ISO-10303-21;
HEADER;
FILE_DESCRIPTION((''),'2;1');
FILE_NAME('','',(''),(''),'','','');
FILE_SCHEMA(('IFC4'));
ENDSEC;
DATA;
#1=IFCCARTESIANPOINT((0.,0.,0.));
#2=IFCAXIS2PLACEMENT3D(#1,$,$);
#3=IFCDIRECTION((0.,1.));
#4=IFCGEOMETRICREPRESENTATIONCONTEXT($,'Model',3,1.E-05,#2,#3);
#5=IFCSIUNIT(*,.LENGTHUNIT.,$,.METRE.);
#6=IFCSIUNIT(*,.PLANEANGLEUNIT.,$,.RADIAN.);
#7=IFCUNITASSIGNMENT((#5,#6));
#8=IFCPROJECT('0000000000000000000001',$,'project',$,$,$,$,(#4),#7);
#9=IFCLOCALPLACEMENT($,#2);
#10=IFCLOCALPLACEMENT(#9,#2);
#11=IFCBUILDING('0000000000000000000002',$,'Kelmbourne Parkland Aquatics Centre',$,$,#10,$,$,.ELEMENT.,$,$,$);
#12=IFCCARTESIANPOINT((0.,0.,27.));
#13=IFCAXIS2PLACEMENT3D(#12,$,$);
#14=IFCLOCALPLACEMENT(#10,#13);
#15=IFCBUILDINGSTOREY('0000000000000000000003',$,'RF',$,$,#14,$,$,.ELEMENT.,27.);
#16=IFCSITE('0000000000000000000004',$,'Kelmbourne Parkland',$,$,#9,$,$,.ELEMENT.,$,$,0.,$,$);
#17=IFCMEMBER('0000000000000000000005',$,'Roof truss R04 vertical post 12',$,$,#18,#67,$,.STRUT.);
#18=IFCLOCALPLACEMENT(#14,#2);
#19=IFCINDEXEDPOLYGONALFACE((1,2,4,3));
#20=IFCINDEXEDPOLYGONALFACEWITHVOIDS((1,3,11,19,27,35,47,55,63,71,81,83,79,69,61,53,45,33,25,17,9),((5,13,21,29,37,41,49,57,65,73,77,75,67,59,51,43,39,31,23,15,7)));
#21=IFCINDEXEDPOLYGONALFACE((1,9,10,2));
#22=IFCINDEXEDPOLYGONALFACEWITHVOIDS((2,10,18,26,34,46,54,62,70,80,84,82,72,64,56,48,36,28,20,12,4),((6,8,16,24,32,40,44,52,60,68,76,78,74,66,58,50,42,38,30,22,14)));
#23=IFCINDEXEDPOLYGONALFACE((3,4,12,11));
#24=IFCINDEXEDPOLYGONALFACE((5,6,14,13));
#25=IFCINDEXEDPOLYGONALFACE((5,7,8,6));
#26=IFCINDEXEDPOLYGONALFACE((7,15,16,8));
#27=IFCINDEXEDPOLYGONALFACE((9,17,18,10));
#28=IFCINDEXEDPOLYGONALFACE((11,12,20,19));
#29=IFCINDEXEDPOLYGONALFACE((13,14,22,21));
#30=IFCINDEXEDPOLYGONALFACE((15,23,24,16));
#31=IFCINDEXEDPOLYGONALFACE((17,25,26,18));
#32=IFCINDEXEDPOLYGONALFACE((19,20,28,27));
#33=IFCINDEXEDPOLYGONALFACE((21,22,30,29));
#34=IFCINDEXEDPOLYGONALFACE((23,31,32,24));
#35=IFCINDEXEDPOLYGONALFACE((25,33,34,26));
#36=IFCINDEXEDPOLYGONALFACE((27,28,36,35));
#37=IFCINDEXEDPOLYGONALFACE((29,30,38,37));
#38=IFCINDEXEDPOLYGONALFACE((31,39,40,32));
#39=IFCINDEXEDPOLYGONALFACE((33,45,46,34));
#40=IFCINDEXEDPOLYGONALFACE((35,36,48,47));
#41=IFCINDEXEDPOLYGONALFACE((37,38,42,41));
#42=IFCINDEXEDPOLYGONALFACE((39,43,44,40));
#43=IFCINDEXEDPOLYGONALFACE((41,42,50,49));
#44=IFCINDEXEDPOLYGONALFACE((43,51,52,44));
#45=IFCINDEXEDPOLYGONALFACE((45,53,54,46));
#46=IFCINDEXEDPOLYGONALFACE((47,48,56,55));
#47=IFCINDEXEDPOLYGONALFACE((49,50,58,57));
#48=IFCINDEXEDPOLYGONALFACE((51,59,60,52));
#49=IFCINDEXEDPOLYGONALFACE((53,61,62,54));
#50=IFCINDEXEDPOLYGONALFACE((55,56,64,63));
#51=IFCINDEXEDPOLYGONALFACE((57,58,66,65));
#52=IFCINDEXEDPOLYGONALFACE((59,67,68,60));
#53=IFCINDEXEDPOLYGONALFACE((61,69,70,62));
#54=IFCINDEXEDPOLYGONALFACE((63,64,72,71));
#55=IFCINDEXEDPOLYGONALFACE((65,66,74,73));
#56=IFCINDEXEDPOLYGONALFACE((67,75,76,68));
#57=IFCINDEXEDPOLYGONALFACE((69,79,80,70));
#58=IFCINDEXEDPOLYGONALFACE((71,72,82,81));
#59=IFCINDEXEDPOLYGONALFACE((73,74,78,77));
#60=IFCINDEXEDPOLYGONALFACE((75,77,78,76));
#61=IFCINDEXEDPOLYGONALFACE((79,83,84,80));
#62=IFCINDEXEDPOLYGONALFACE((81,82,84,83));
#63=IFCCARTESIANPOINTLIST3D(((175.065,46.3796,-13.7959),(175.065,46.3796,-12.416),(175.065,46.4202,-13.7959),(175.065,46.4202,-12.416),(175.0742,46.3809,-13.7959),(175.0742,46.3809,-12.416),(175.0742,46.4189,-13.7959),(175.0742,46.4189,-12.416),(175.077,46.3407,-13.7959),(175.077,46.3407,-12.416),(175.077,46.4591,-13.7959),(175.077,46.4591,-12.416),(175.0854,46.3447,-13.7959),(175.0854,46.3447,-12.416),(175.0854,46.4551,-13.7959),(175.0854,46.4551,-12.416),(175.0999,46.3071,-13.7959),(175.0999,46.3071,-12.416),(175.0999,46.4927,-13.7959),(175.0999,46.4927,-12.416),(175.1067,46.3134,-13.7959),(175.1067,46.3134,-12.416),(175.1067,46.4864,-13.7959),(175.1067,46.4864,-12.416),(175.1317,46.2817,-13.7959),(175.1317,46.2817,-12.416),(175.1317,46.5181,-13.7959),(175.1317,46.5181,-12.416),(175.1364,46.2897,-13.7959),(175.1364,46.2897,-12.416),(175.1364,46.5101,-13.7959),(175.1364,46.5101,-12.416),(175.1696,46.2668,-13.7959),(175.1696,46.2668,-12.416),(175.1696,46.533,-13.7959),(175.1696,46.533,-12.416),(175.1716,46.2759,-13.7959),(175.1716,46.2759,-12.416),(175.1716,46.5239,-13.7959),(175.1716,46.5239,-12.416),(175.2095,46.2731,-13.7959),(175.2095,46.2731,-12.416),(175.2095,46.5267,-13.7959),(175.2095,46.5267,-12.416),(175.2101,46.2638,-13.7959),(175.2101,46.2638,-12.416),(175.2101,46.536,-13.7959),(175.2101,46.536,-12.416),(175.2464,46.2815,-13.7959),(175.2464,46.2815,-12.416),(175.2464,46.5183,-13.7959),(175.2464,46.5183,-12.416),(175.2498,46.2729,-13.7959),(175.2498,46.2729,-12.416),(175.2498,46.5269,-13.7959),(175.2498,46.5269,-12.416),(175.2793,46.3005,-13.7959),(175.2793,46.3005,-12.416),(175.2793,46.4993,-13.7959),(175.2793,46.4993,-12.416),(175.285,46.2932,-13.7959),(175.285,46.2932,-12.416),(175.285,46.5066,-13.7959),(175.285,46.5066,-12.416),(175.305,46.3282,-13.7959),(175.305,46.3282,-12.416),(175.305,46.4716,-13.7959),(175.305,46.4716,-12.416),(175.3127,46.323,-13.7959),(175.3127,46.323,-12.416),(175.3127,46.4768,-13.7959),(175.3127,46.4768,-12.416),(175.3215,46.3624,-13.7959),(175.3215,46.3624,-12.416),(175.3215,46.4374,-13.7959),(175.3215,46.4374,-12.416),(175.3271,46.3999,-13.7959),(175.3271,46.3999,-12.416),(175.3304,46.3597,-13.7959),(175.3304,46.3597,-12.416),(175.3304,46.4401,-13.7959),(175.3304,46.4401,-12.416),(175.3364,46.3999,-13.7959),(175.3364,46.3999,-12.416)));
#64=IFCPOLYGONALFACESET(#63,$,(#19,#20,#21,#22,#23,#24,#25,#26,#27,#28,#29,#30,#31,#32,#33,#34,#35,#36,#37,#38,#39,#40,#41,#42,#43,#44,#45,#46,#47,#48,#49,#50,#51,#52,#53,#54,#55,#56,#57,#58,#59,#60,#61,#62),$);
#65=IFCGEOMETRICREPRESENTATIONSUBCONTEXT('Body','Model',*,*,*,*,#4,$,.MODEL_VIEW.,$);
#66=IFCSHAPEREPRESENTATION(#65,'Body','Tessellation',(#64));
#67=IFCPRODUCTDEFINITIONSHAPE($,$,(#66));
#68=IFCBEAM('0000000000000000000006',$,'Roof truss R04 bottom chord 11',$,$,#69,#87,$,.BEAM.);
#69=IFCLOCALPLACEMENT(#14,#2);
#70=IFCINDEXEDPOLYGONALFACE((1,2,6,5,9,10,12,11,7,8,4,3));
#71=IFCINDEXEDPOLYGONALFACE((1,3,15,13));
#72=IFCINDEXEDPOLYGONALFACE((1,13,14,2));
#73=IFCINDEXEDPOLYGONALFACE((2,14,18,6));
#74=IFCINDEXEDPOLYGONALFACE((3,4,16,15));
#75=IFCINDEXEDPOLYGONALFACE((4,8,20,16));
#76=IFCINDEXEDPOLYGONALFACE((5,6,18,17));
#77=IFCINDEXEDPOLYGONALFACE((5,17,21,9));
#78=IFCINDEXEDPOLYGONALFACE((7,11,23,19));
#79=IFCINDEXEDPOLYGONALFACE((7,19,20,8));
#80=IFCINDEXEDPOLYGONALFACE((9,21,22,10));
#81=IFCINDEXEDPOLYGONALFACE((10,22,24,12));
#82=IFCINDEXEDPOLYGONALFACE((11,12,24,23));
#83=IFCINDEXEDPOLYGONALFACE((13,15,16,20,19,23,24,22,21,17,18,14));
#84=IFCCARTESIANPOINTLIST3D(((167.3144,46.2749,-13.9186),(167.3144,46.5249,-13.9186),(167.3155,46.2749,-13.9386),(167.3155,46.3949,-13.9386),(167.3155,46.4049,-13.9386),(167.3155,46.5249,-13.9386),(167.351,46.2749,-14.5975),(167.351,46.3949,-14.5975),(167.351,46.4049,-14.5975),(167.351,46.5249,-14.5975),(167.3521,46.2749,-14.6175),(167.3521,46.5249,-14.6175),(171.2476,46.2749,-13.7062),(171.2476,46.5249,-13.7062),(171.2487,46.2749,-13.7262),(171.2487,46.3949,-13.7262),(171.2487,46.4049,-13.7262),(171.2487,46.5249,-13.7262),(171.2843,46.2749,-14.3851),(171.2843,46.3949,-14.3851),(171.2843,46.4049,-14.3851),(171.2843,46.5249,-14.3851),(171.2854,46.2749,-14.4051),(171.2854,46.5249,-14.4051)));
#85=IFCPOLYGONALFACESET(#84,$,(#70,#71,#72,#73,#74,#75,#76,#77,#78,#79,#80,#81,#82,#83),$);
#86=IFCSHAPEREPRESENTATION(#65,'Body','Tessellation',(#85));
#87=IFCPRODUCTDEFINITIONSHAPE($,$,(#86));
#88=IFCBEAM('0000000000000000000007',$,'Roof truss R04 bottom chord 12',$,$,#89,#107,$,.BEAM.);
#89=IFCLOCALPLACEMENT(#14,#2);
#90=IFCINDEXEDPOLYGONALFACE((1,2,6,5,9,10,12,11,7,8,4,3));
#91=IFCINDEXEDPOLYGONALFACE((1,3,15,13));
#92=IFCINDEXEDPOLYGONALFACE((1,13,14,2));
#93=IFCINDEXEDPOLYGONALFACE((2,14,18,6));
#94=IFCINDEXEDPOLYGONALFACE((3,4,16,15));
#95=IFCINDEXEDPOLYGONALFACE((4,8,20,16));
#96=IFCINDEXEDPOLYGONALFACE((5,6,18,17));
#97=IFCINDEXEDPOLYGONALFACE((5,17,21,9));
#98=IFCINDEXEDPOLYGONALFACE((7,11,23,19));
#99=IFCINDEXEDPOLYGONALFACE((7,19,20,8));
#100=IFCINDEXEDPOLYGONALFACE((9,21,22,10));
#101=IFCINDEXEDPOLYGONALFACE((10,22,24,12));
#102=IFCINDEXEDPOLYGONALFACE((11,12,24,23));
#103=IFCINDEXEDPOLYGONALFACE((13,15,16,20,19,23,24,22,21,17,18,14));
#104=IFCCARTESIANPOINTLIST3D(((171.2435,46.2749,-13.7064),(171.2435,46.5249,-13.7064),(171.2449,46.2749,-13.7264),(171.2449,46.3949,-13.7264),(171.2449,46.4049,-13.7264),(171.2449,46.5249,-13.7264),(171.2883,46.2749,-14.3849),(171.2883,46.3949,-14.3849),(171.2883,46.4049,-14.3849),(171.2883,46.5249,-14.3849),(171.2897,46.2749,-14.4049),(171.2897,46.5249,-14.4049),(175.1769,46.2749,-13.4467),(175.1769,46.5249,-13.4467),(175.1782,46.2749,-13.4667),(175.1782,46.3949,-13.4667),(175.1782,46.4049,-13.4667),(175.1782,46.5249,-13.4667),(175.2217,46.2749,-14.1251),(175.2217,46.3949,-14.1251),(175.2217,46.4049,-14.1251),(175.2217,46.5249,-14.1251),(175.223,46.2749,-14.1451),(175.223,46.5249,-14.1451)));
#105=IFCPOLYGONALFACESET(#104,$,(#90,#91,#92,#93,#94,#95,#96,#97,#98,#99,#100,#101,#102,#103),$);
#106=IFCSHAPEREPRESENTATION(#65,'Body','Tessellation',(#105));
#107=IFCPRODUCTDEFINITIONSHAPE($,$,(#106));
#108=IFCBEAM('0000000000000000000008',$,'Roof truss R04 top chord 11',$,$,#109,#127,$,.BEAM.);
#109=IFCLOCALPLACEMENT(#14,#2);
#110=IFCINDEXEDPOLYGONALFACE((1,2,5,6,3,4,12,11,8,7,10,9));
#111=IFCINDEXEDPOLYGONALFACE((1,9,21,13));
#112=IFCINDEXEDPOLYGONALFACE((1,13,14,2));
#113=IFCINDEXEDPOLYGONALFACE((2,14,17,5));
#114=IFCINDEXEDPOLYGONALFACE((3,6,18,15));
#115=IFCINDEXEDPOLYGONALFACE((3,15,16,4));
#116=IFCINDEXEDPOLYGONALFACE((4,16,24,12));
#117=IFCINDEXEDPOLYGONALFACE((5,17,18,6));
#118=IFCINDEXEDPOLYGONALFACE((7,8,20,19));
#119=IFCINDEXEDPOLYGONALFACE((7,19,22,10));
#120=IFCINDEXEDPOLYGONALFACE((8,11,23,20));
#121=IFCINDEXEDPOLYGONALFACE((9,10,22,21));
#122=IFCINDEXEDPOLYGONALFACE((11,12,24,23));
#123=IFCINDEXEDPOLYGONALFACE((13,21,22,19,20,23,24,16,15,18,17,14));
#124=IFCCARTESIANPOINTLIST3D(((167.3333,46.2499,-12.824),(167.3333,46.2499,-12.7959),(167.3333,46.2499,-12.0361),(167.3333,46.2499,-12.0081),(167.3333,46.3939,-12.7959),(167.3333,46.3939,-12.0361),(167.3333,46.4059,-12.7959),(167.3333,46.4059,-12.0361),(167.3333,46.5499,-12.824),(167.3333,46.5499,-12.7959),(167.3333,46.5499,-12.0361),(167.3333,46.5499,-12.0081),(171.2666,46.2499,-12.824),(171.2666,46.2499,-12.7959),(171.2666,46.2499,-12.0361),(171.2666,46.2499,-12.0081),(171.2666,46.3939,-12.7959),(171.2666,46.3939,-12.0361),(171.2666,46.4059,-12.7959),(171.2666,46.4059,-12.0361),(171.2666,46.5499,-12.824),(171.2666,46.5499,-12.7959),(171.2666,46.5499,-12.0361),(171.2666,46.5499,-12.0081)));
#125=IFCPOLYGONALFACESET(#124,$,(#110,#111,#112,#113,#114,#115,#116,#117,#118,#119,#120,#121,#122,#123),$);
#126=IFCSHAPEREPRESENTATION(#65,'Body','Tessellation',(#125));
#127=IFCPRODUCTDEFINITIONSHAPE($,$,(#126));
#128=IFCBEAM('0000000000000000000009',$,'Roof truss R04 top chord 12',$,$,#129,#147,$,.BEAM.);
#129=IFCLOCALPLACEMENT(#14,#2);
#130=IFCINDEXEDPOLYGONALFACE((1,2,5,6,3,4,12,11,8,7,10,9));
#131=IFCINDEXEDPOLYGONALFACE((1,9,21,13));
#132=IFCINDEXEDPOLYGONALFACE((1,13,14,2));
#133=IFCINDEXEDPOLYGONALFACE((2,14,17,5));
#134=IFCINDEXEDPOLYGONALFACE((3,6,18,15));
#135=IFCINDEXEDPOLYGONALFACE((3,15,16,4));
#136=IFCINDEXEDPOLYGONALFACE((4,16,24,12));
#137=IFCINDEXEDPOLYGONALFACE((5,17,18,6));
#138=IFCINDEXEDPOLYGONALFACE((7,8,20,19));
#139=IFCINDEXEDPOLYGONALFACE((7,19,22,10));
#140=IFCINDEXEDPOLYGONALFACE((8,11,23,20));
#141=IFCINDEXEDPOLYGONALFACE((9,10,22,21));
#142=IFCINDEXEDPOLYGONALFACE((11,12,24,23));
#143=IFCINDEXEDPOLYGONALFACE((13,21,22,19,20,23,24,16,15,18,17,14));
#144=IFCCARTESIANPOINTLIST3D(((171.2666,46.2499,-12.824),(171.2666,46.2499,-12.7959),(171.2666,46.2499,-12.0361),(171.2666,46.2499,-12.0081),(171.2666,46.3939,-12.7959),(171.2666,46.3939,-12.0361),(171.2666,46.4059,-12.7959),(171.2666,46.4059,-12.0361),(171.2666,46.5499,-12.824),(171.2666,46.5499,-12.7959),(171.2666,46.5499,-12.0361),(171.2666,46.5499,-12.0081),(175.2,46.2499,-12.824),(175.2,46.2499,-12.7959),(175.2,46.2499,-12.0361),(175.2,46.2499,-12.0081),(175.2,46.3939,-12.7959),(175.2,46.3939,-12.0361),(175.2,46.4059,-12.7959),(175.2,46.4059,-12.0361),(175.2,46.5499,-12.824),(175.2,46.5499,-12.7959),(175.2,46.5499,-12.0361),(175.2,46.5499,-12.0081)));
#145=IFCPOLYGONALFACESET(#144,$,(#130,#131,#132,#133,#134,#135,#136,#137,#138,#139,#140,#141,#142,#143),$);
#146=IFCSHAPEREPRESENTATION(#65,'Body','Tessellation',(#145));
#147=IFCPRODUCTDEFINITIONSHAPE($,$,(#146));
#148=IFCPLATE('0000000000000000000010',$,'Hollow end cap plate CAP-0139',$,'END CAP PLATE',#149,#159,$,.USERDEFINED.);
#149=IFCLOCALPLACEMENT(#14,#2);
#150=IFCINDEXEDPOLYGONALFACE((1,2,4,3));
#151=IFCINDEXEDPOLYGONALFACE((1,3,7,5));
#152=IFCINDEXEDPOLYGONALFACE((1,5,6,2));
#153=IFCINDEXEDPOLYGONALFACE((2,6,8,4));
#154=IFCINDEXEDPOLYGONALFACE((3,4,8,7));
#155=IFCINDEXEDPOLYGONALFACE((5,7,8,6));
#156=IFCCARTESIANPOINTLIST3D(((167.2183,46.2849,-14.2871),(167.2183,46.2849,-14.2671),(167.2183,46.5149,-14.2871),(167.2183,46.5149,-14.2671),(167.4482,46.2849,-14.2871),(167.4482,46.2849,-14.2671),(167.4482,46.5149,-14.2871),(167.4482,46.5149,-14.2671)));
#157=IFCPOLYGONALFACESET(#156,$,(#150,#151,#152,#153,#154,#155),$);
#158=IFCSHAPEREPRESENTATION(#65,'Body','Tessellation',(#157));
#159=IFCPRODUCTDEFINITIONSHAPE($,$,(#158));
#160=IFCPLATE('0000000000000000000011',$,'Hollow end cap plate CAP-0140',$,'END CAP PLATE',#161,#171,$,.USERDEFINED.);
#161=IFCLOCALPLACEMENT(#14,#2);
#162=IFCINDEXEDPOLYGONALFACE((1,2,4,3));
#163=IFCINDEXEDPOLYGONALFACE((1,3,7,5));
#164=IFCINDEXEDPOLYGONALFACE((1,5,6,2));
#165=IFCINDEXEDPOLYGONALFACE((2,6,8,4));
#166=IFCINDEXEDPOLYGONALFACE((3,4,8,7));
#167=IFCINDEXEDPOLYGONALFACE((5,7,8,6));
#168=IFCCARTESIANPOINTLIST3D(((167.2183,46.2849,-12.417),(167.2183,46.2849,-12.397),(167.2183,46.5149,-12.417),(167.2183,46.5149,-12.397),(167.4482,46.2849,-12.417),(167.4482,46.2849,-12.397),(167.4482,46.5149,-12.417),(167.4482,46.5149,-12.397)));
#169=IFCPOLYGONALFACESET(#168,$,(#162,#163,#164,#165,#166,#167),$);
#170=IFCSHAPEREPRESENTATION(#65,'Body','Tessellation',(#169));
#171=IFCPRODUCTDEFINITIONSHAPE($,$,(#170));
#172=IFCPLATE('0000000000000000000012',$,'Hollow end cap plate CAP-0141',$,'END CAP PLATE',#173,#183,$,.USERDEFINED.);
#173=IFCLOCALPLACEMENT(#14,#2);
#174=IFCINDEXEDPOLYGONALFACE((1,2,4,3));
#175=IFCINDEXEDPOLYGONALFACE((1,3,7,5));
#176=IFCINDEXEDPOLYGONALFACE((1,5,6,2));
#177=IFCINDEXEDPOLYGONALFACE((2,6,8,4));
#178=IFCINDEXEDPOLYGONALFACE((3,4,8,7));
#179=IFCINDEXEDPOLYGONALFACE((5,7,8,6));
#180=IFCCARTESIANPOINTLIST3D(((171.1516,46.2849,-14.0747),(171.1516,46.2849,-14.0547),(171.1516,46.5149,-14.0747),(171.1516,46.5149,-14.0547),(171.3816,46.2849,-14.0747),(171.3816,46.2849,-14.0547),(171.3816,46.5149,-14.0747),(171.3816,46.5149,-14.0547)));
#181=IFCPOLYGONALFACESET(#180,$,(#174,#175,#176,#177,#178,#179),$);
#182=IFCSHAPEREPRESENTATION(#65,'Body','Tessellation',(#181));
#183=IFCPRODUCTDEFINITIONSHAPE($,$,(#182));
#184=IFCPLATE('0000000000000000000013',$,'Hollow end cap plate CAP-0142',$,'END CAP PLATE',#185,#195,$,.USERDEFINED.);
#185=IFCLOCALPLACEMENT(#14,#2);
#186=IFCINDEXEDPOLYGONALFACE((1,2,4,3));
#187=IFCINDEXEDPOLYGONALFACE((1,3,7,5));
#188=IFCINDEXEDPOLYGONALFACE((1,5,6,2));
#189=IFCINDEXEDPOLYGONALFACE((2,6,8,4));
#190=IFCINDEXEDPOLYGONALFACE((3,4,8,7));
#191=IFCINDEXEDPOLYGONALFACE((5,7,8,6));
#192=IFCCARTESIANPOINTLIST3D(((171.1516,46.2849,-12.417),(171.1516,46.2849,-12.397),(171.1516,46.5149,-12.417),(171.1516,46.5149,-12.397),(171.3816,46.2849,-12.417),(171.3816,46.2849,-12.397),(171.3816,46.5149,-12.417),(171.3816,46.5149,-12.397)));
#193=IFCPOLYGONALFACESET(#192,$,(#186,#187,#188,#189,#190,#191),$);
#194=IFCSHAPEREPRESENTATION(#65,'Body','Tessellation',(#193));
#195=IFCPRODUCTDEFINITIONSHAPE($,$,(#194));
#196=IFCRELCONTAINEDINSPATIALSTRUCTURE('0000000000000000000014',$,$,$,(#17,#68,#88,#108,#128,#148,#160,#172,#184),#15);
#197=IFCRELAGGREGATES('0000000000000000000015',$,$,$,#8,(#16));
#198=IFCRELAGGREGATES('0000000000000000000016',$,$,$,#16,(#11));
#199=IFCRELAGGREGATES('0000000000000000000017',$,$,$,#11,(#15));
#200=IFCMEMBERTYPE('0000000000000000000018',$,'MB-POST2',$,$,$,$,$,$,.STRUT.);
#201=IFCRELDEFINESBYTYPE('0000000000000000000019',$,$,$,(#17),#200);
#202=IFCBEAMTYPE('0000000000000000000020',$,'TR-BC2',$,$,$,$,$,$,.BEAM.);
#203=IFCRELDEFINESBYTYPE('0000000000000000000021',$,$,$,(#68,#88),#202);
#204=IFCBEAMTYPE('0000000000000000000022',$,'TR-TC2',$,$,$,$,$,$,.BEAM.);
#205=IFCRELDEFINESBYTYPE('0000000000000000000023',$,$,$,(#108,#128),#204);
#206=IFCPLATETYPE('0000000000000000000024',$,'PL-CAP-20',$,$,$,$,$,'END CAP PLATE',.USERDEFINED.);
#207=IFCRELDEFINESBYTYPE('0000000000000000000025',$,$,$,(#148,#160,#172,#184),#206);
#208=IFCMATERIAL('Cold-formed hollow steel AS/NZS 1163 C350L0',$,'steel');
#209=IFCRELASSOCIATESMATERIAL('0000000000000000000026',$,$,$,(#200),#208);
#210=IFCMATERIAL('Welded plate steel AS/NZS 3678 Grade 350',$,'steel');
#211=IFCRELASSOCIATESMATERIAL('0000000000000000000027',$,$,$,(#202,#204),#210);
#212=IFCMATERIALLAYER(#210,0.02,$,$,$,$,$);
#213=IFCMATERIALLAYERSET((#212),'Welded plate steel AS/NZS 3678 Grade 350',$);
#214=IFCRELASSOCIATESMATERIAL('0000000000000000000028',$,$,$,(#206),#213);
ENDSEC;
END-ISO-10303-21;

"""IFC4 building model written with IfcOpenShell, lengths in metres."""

from ifc_helpers import new_model, si_unit, direction, frame, origin, origin_2d, place, context, subcontext, project, spatial, rectangle, hollow_circle, i_section, extrude, material, layer, layer_set, material_profile, profile_set, type_object, element, save


model = new_model("IFC4")

# Units and contexts
model_context = context("Model", 3, precision=1e-05, world=origin(), true_north=direction((0.0, 1.0)))
body_context = subcontext(model_context, "Body", "Model", "MODEL_VIEW")
ifc_project = project(units=[si_unit("LENGTHUNIT", "METRE"), si_unit("PLANEANGLEUNIT", "RADIAN")], contexts=[model_context])

# Site, building, storey
site_placement = place(None, origin())
site = spatial("IfcSite", under=ifc_project, at=site_placement, Name="Kelmbourne Parkland", CompositionType="ELEMENT", RefElevation=0.0)
building_placement = place(site_placement, origin())
building = spatial("IfcBuilding", under=site, at=building_placement, Name="Kelmbourne Parkland Aquatics Centre", CompositionType="ELEMENT")
storey_placement = place(building_placement, frame((0.0, 0.0, 27.0)))
storey = spatial("IfcBuildingStorey", under=building, at=storey_placement, Name="RF", CompositionType="ELEMENT", Elevation=27.0)

# Member
ifc_material_1 = material(Name="Cold-formed hollow steel AS/NZS 1163 C350L0", Category="steel")
ifc_material_profile_1 = material_profile(ifc_material_1, hollow_circle(Radius=0.1365, WallThickness=0.0093, at=origin_2d()), Name="CHS 273.1x9.3")
ifc_profile_set_1 = profile_set([ifc_material_profile_1], Name="Cold-formed hollow steel AS/NZS 1163 C350L0")
member_type_1 = type_object("IfcMemberType", Name="MB-POST2", PredefinedType="STRUT", material=ifc_profile_set_1)
member_1_placement = place(storey_placement, frame((175.2, 46.3999, -13.7959), z_axis=(0.0, 0.0, 1.0), x_axis=(1.0, 0.0, 0.0)))
element("IfcMember", 1, at=member_1_placement, inside=storey, type_object=member_type_1, Name="Roof truss R04 vertical post 12", PredefinedType="STRUT", context=body_context, shape_type="SweptSolid", body=[
    extrude(hollow_circle(Radius=0.1365, WallThickness=0.0093, at=origin_2d()), origin(), (0.0, 0.0, 1.0), 1.3799),
])

# Beams
ifc_material_2 = material(Name="Welded plate steel AS/NZS 3678 Grade 350", Category="steel")
ifc_material_profile_2 = material_profile(ifc_material_2, i_section(OverallWidth=0.25, OverallDepth=0.7, WebThickness=0.01, FlangeThickness=0.02, at=origin_2d()), Name="700WB130")
ifc_profile_set_2 = profile_set([ifc_material_profile_2], Name="Welded plate steel AS/NZS 3678 Grade 350")
beam_type_1 = type_object("IfcBeamType", Name="TR-BC2", PredefinedType="BEAM", material=ifc_profile_set_2)
beam_1_placement = place(storey_placement, frame((167.3333, 46.3999, -14.2681), z_axis=(0.998545, 0.0, 0.053922), x_axis=(0.0, 1.0, 0.0)))
element("IfcBeam", 2, at=beam_1_placement, inside=storey, type_object=beam_type_1, Name="Roof truss R04 bottom chord 11", PredefinedType="BEAM", context=body_context, shape_type="SweptSolid", body=[
    extrude(i_section(OverallWidth=0.25, OverallDepth=0.7, WebThickness=0.01, FlangeThickness=0.02, at=origin_2d()), origin(), (0.0, 0.0, 1.0), 3.939),
])
beam_2_placement = place(storey_placement, frame((171.2666, 46.3999, -14.0557), z_axis=(0.997826, 0.0, 0.065898), x_axis=(0.0, 1.0, 0.0)))
element("IfcBeam", 3, at=beam_2_placement, inside=storey, type_object=beam_type_1, Name="Roof truss R04 bottom chord 12", PredefinedType="BEAM", context=body_context, shape_type="SweptSolid", body=[
    extrude(i_section(OverallWidth=0.25, OverallDepth=0.7, WebThickness=0.01, FlangeThickness=0.02, at=origin_2d()), origin(), (0.0, 0.0, 1.0), 3.9419),
])
ifc_material_profile_3 = material_profile(ifc_material_2, i_section(OverallWidth=0.3, OverallDepth=0.8159, WebThickness=0.012, FlangeThickness=0.0281, at=origin_2d()), Name="800WB192")
ifc_profile_set_3 = profile_set([ifc_material_profile_3], Name="Welded plate steel AS/NZS 3678 Grade 350")
beam_type_2 = type_object("IfcBeamType", Name="TR-TC2", PredefinedType="BEAM", material=ifc_profile_set_3)
for number, where, z_axis, x_axis, name in (
    (4, (167.3333, 46.3999, -12.416), (1.0, 0.0, 0.0), (0.0, 1.0, 0.0), "Roof truss R04 top chord 11"),
    (5, (171.2666, 46.3999, -12.416), (1.0, 0.0, 0.0), (0.0, 1.0, 0.0), "Roof truss R04 top chord 12"),
):
    element("IfcBeam", number, at=place(storey_placement, frame(where, z_axis=z_axis, x_axis=x_axis)), inside=storey, type_object=beam_type_2, Name=name, PredefinedType="BEAM", context=body_context, shape_type="SweptSolid", body=[
        extrude(i_section(OverallWidth=0.3, OverallDepth=0.8159, WebThickness=0.012, FlangeThickness=0.0281, at=origin_2d()), origin(), (0.0, 0.0, 1.0), 3.9333),
    ])

# Plates
ifc_layer_1 = layer(ifc_material_2, 0.02)
ifc_layer_set_1 = layer_set([ifc_layer_1], Name="Welded plate steel AS/NZS 3678 Grade 350")
plate_type_1 = type_object("IfcPlateType", Name="PL-CAP-20", ElementType="END CAP PLATE", PredefinedType="USERDEFINED", material=ifc_layer_set_1)
for number, where, z_axis, x_axis, name in (
    (6, (167.3333, 46.3999, -14.2871), (0.0, 0.0, 1.0), (1.0, 0.0, 0.0), "Hollow end cap plate CAP-0139"),
    (7, (167.3333, 46.3999, -12.417), (0.0, 0.0, 1.0), (1.0, 0.0, 0.0), "Hollow end cap plate CAP-0140"),
    (8, (171.2666, 46.3999, -14.0747), (0.0, 0.0, 1.0), (1.0, 0.0, 0.0), "Hollow end cap plate CAP-0141"),
    (9, (171.2666, 46.3999, -12.417), (0.0, 0.0, 1.0), (1.0, 0.0, 0.0), "Hollow end cap plate CAP-0142"),
):
    element("IfcPlate", number, at=place(storey_placement, frame(where, z_axis=z_axis, x_axis=x_axis)), inside=storey, type_object=plate_type_1, Name=name, ObjectType="END CAP PLATE", PredefinedType="USERDEFINED", context=body_context, shape_type="SweptSolid", body=[
        extrude(rectangle(XDim=0.23, YDim=0.23, at=origin_2d()), origin(), (0.0, 0.0, 1.0), 0.02),
    ])

save(model, "model.ifc")
